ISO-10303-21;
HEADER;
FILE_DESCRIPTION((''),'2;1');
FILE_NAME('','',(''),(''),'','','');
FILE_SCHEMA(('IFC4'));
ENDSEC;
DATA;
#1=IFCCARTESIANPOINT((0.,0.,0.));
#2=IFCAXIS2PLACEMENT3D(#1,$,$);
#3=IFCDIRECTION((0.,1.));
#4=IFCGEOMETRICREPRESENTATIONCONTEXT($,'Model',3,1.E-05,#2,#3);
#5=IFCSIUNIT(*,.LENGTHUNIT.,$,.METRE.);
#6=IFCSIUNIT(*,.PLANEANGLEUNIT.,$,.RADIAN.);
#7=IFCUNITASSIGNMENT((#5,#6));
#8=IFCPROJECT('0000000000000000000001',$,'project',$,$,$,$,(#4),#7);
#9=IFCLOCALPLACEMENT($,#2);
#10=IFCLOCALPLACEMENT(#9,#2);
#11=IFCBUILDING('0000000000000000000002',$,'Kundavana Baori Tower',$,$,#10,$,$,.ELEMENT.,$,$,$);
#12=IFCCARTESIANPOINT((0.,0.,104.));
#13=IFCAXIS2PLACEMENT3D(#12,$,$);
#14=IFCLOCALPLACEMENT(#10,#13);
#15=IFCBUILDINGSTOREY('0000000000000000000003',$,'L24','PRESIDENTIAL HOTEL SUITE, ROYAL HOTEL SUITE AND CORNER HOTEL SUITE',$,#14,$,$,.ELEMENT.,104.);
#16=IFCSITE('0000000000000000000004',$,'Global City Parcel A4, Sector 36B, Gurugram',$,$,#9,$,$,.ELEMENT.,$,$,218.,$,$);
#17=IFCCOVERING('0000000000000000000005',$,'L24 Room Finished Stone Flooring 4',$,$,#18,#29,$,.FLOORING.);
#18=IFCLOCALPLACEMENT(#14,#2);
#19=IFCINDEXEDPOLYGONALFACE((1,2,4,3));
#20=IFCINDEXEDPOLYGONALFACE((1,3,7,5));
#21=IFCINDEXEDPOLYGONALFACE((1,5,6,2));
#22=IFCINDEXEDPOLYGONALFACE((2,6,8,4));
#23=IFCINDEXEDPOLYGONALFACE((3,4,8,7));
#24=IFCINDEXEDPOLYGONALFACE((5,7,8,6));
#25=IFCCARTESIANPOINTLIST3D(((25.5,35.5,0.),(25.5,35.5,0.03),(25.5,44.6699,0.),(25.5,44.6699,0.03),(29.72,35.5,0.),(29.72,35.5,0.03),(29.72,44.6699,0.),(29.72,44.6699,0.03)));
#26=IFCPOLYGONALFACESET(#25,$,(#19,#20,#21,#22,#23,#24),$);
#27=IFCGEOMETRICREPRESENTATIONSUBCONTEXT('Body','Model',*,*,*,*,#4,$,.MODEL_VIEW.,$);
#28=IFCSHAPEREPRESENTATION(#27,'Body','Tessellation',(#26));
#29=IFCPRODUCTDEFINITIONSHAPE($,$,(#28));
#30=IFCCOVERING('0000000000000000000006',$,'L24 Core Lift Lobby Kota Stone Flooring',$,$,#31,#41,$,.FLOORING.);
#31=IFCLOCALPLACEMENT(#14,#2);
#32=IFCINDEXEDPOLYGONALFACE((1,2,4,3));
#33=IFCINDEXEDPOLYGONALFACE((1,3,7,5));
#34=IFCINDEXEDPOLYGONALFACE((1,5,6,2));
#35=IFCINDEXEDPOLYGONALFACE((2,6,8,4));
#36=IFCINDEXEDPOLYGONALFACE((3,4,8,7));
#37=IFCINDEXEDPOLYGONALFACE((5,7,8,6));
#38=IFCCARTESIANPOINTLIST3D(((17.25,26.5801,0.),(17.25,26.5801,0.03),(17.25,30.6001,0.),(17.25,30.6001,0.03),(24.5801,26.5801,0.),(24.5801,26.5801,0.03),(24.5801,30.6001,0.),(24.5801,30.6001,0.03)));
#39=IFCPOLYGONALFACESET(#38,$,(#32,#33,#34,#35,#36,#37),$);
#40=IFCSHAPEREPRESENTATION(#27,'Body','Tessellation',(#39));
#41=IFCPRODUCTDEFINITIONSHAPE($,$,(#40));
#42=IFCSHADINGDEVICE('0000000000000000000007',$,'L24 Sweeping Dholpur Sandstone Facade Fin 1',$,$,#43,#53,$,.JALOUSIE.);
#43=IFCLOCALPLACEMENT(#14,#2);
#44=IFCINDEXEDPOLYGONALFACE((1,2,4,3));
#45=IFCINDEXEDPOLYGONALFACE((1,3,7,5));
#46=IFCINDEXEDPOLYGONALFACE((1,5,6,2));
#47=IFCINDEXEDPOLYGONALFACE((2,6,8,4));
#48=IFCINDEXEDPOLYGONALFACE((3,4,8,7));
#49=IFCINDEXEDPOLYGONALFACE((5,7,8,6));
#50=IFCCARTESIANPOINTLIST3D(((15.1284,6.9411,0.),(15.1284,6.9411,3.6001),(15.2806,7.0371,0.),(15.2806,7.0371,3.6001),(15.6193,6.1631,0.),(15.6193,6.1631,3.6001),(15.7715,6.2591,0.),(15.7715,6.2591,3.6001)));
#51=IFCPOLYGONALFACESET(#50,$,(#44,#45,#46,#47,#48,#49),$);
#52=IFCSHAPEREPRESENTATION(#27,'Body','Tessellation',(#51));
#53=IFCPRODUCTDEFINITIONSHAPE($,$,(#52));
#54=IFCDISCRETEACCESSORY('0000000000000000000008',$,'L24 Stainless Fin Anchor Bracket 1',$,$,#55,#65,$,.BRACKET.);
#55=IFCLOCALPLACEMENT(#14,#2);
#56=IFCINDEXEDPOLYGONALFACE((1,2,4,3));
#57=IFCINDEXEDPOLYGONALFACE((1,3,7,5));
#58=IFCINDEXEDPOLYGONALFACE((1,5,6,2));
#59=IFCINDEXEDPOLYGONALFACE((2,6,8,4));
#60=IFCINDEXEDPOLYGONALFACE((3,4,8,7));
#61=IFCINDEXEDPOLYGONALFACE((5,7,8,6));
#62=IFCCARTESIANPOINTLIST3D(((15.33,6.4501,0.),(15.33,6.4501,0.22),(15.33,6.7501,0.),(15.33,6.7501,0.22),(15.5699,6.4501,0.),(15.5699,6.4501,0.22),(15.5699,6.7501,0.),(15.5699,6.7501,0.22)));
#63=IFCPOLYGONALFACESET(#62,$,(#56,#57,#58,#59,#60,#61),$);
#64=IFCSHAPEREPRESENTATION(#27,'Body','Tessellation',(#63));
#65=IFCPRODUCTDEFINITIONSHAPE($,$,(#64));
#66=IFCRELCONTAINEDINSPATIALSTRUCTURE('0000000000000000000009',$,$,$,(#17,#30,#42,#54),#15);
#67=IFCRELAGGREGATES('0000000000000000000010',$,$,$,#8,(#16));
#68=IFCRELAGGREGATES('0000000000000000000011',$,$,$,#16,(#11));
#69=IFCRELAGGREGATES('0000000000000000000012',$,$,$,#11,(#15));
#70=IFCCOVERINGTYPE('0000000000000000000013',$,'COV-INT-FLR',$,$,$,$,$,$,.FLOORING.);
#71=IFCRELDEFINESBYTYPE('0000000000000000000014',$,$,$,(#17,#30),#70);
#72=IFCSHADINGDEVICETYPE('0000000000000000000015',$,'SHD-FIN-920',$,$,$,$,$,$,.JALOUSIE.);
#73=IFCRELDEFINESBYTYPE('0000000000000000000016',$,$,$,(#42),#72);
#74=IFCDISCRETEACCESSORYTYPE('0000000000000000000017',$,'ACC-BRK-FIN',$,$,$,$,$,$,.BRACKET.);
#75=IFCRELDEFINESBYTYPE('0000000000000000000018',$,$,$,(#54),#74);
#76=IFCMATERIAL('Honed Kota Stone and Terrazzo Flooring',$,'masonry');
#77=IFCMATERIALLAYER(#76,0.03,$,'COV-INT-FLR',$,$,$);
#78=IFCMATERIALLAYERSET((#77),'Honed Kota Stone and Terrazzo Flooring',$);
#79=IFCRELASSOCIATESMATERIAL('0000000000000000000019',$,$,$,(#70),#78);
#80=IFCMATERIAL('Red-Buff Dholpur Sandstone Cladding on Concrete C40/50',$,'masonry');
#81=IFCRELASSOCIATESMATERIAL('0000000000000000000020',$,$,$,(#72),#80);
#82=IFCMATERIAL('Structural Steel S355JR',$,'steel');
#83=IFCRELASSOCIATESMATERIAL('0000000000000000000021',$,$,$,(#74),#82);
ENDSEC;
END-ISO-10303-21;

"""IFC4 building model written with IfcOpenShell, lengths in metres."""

from ifc_helpers import new_model, si_unit, direction, frame, origin, origin_2d, place, context, subcontext, project, spatial, polyline, rectangle, outline, extrude, material, layer, layer_set, type_object, element, save


model = new_model("IFC4")

# Units and contexts
model_context = context("Model", 3, precision=1e-05, world=origin(), true_north=direction((0.0, 1.0)))
body_context = subcontext(model_context, "Body", "Model", "MODEL_VIEW")
ifc_project = project(units=[si_unit("LENGTHUNIT", "METRE"), si_unit("PLANEANGLEUNIT", "RADIAN")], contexts=[model_context])

# Site, building, storey
site_placement = place(None, origin())
site = spatial("IfcSite", under=ifc_project, at=site_placement, Name="Global City Parcel A4, Sector 36B, Gurugram", CompositionType="ELEMENT", RefElevation=218.0)
building_placement = place(site_placement, origin())
building = spatial("IfcBuilding", under=site, at=building_placement, Name="Kundavana Baori Tower", CompositionType="ELEMENT")
storey_placement = place(building_placement, frame((0.0, 0.0, 104.0)))
storey = spatial("IfcBuildingStorey", under=building, at=storey_placement, Name="L24", Description="PRESIDENTIAL HOTEL SUITE, ROYAL HOTEL SUITE AND CORNER HOTEL SUITE", CompositionType="ELEMENT", Elevation=104.0)

# Coverings
ifc_material_1 = material(Name="Honed Kota Stone and Terrazzo Flooring", Category="masonry")
ifc_layer_1 = layer(ifc_material_1, 0.03, Name="COV-INT-FLR")
ifc_layer_set_1 = layer_set([ifc_layer_1], Name="Honed Kota Stone and Terrazzo Flooring")
covering_type_1 = type_object("IfcCoveringType", Name="COV-INT-FLR", PredefinedType="FLOORING", material=ifc_layer_set_1)
covering_1_placement = place(storey_placement, origin())
element("IfcCovering", 1, at=covering_1_placement, inside=storey, type_object=covering_type_1, Name="L24 Room Finished Stone Flooring 4", PredefinedType="FLOORING", context=body_context, shape_type="SweptSolid", body=[
    extrude(outline(polyline([(25.5, 35.5), (29.72, 35.5), (29.72, 44.6699), (25.5, 44.6699), (25.5, 35.5)])), origin(), (0.0, 0.0, 1.0), 0.03),
])
covering_2_placement = place(storey_placement, origin())
element("IfcCovering", 2, at=covering_2_placement, inside=storey, type_object=covering_type_1, Name="L24 Core Lift Lobby Kota Stone Flooring", PredefinedType="FLOORING", context=body_context, shape_type="SweptSolid", body=[
    extrude(outline(polyline([(17.25, 26.5801), (24.5801, 26.5801), (24.5801, 30.6001), (17.25, 30.6001), (17.25, 26.5801)])), origin(), (0.0, 0.0, 1.0), 0.03),
])

# Shading device
ifc_material_2 = material(Name="Red-Buff Dholpur Sandstone Cladding on Concrete C40/50", Category="masonry")
shading_device_type = type_object("IfcShadingDeviceType", Name="SHD-FIN-920", PredefinedType="JALOUSIE", material=ifc_material_2)
shading_device_placement = place(storey_placement, frame((15.45, 6.6001, 0.0), z_axis=(0.0, 0.0, 1.0), x_axis=(0.845728, 0.533615, 0.0)))
element("IfcShadingDevice", 3, at=shading_device_placement, inside=storey, type_object=shading_device_type, Name="L24 Sweeping Dholpur Sandstone Facade Fin 1", PredefinedType="JALOUSIE", context=body_context, shape_type="SweptSolid", body=[
    extrude(rectangle(XDim=0.1799, YDim=0.9199, at=origin_2d()), origin(), (0.0, 0.0, 1.0), 3.6001),
])

# Discrete accessory
ifc_material_3 = material(Name="Structural Steel S355JR", Category="steel")
discrete_accessory_type = type_object("IfcDiscreteAccessoryType", Name="ACC-BRK-FIN", PredefinedType="BRACKET", material=ifc_material_3)
discrete_accessory_placement = place(storey_placement, frame((15.45, 6.6001, 0.0), z_axis=(0.0, 0.0, 1.0), x_axis=(1.0, 0.0, 0.0)))
element("IfcDiscreteAccessory", 4, at=discrete_accessory_placement, inside=storey, type_object=discrete_accessory_type, Name="L24 Stainless Fin Anchor Bracket 1", PredefinedType="BRACKET", context=body_context, shape_type="SweptSolid", body=[
    extrude(rectangle(XDim=0.24, YDim=0.3, at=origin_2d()), origin(), (0.0, 0.0, 1.0), 0.22),
])

save(model, "model.ifc")
